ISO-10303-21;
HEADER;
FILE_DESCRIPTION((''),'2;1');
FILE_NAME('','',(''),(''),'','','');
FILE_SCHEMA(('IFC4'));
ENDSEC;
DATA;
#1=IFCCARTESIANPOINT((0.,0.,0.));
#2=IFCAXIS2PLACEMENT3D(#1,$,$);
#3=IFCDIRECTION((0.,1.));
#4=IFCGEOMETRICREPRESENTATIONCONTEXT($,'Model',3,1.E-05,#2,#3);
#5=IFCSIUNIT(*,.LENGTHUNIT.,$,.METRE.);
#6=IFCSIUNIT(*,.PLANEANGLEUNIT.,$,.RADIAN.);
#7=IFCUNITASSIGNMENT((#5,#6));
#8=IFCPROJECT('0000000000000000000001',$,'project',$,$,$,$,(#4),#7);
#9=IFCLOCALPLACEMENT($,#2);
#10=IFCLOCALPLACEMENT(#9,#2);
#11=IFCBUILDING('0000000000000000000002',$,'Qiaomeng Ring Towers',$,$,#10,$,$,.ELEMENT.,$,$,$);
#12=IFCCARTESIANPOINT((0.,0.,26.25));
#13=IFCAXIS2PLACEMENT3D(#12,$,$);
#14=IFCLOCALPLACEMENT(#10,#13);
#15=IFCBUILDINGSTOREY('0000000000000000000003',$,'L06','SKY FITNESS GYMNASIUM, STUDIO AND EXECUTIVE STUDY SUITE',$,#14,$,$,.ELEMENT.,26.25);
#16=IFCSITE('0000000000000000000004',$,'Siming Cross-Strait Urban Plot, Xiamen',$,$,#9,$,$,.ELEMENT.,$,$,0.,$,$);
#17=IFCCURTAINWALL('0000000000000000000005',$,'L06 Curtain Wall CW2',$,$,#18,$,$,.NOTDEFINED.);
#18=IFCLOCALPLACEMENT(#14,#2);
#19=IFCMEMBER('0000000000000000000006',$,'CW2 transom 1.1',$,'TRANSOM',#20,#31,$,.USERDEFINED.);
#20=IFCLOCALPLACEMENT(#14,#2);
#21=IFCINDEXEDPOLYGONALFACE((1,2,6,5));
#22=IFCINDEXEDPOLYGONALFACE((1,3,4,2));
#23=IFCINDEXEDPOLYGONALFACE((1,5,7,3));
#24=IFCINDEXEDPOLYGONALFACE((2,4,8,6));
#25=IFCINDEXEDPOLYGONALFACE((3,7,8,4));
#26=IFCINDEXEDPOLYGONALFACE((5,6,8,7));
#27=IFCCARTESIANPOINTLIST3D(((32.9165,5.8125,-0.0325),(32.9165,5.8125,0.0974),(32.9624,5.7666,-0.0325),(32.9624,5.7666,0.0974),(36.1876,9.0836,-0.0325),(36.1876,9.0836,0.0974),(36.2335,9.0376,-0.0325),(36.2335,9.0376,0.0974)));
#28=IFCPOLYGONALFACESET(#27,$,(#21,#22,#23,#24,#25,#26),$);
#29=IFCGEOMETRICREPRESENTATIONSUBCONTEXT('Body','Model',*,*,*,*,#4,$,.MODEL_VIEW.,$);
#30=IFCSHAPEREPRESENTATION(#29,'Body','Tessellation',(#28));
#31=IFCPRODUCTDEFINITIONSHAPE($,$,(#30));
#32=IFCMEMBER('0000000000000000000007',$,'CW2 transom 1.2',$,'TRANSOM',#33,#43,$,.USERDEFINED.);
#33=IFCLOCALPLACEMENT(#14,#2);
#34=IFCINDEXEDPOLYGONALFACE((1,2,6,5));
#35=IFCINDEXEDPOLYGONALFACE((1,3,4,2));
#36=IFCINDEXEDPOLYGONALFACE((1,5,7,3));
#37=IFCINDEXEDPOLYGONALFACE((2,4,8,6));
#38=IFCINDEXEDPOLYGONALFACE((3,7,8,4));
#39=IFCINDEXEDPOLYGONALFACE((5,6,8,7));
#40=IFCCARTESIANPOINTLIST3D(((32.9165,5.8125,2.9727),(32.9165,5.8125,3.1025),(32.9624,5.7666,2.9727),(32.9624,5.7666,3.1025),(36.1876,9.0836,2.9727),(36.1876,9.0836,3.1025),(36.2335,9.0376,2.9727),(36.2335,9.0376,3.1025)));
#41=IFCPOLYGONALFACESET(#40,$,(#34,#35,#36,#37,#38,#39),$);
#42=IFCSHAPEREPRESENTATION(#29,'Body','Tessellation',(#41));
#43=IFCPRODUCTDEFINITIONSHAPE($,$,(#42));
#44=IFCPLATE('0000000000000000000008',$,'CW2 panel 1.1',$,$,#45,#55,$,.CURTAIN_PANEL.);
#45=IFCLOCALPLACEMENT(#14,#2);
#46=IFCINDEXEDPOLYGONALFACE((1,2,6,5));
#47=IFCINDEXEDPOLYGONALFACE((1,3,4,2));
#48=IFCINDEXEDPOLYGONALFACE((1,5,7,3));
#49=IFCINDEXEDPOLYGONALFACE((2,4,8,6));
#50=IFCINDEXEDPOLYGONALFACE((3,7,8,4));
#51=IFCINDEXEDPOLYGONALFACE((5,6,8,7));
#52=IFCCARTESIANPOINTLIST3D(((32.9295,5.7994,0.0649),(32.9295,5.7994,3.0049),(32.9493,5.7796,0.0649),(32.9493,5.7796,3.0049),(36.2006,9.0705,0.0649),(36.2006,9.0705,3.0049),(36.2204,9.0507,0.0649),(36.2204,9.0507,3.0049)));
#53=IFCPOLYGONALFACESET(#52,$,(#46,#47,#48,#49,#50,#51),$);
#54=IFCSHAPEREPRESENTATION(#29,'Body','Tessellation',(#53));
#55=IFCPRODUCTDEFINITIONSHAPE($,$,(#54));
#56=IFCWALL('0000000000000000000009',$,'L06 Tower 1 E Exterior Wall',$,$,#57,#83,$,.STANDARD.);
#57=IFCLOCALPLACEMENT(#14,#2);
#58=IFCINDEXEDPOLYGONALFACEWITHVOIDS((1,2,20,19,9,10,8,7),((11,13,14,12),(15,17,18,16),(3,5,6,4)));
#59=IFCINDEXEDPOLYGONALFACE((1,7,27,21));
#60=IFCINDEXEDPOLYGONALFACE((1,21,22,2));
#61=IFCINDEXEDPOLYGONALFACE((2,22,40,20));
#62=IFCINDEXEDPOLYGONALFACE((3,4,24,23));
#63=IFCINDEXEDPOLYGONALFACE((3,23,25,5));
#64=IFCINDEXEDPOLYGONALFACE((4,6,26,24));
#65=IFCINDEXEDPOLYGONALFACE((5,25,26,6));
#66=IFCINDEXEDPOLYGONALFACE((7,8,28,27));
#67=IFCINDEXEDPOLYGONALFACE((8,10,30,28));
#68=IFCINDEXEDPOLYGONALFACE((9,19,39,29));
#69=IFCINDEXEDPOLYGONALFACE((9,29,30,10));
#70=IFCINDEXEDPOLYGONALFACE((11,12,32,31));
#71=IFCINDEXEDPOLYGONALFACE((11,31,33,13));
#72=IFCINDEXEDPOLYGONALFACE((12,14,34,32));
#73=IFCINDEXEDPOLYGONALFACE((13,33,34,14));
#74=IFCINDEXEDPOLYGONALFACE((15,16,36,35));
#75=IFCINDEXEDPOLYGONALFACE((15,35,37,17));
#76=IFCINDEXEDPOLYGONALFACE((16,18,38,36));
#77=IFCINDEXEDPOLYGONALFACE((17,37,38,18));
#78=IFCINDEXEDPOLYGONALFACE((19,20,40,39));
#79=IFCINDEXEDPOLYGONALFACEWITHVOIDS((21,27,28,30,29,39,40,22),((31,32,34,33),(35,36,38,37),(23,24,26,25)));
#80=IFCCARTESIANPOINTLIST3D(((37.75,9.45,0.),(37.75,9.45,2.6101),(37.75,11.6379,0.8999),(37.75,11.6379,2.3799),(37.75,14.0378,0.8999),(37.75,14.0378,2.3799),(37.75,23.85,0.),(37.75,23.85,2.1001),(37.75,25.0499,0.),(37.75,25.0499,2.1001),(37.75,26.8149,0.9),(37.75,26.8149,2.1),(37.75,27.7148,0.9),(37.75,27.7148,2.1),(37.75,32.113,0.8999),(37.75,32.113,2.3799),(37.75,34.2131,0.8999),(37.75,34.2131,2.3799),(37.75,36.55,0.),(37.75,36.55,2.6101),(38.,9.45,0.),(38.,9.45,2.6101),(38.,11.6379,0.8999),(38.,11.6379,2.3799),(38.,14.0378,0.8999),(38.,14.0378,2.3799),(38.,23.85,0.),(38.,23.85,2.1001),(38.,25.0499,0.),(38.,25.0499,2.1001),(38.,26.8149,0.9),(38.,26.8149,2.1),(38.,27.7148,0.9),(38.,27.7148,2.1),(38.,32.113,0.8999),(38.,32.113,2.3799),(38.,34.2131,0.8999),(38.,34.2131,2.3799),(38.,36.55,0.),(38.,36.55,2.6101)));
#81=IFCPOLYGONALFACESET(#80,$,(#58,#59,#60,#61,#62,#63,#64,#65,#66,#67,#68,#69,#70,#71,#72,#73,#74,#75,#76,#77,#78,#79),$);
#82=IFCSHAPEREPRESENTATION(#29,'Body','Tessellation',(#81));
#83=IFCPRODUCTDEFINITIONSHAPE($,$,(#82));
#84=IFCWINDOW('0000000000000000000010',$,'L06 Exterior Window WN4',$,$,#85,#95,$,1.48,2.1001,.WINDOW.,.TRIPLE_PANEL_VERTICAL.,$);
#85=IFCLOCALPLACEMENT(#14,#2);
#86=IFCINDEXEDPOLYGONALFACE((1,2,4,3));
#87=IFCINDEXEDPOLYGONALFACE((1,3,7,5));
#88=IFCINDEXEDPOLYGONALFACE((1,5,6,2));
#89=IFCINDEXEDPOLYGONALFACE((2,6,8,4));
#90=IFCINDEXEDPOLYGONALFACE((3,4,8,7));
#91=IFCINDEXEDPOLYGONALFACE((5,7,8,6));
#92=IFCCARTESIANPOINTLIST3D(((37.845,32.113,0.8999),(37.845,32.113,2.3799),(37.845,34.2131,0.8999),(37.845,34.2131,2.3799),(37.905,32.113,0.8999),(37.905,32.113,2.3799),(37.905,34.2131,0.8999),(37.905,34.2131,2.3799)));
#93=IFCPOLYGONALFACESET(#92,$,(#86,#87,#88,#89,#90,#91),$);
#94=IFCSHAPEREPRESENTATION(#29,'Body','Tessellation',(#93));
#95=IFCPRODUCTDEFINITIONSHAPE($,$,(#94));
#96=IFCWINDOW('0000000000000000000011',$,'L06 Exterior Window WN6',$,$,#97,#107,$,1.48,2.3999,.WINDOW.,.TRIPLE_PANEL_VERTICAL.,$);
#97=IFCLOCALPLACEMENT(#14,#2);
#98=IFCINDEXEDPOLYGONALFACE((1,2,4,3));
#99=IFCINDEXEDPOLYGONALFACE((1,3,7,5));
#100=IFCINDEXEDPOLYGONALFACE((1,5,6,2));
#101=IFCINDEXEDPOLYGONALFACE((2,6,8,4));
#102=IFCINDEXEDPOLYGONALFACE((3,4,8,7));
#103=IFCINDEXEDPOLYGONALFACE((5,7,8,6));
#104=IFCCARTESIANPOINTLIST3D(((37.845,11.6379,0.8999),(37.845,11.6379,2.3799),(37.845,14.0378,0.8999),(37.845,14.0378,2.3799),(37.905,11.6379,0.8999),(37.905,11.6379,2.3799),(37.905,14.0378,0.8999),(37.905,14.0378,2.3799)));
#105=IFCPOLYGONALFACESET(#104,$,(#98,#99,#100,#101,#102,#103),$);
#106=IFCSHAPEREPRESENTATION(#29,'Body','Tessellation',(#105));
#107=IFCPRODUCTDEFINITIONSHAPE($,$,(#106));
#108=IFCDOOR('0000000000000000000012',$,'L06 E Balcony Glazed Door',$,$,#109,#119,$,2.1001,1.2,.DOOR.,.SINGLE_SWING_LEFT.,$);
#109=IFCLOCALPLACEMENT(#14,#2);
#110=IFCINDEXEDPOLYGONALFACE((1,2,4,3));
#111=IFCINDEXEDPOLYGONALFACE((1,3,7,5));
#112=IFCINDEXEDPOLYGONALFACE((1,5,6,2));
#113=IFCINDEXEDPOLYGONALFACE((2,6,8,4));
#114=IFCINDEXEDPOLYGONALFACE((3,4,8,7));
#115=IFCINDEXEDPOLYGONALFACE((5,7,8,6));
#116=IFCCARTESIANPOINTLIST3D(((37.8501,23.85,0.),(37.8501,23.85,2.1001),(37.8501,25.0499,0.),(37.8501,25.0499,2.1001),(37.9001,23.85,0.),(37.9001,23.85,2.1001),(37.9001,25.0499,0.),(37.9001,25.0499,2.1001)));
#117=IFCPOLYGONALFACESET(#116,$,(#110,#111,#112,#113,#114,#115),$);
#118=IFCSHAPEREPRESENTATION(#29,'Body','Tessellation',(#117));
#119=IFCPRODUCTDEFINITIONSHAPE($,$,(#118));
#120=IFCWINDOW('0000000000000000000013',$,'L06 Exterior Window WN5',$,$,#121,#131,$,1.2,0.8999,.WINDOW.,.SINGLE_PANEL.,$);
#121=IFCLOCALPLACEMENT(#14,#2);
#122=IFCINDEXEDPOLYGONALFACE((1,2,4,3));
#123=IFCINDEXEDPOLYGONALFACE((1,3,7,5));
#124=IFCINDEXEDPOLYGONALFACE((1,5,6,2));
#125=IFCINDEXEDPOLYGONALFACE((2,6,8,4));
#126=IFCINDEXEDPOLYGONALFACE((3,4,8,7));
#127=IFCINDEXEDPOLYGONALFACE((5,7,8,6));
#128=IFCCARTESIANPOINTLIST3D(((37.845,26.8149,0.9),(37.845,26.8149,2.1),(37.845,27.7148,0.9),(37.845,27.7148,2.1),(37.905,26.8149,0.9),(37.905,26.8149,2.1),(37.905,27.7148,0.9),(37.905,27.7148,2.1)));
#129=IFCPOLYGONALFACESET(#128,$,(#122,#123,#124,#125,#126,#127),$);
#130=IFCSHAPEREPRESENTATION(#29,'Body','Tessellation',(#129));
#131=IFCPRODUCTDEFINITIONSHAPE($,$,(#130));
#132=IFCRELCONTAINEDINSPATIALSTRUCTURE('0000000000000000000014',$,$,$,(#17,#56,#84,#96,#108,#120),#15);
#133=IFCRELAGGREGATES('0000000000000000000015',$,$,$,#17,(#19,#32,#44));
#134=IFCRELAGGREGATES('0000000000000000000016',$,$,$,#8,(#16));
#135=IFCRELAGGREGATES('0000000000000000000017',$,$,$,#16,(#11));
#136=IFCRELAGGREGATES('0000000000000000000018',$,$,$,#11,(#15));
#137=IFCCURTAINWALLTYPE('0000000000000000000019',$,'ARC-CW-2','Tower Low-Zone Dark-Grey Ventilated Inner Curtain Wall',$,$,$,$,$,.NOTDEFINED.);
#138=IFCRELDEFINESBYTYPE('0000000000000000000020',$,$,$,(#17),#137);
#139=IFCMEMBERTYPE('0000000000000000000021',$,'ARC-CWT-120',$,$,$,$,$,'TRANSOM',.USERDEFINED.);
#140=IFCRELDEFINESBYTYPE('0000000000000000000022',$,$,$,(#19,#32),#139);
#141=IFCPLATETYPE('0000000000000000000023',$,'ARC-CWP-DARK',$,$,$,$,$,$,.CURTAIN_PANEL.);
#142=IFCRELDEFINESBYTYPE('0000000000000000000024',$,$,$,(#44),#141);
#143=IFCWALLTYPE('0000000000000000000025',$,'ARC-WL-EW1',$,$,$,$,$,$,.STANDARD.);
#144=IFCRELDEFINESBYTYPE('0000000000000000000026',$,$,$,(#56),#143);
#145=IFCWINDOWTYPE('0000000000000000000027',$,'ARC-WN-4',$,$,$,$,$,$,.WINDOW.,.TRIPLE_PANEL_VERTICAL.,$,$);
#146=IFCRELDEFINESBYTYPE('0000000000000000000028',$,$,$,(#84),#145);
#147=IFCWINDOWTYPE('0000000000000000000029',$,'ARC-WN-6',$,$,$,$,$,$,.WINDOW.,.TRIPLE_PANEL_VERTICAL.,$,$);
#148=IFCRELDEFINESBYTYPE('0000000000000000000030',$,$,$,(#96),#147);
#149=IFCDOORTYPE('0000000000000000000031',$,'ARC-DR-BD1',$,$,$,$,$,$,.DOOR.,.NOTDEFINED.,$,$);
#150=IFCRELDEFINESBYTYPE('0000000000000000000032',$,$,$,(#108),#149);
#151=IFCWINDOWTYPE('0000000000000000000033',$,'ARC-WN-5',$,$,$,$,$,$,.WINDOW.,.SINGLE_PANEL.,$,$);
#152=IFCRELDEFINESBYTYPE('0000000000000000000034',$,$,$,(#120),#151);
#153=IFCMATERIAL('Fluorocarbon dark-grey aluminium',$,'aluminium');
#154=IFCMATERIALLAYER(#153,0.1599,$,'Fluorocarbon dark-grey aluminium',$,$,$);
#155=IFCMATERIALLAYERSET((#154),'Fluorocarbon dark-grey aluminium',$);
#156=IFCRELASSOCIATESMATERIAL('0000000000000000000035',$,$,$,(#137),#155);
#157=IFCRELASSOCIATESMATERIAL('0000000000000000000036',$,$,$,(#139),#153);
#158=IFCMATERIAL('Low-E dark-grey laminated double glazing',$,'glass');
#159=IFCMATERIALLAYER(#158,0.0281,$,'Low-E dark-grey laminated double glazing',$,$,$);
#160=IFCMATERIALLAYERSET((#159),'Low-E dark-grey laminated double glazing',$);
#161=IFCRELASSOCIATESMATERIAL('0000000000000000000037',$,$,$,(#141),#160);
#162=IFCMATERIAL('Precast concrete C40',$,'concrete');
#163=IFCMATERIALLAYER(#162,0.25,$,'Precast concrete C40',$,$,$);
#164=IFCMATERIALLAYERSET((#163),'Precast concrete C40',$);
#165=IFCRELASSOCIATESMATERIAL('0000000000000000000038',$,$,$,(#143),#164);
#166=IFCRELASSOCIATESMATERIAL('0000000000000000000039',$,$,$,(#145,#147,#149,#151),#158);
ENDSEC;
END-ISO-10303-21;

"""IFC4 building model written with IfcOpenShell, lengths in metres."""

from ifc_helpers import new_model, si_unit, direction, frame, frame_2d, origin, origin_2d, place, context, subcontext, project, spatial, rectangle, extrude, source, transform, mapped, material, layer, layer_set, material_profile, profile_set, type_object, element, fill, aggregate, save


model = new_model("IFC4")

# Units and contexts
model_context = context("Model", 3, precision=1e-05, world=origin(), true_north=direction((0.0, 1.0)))
body_context = subcontext(model_context, "Body", "Model", "MODEL_VIEW")
ifc_project = project(units=[si_unit("LENGTHUNIT", "METRE"), si_unit("PLANEANGLEUNIT", "RADIAN")], contexts=[model_context])

# Site, building, storey
site_placement = place(None, origin())
site = spatial("IfcSite", under=ifc_project, at=site_placement, Name="Siming Cross-Strait Urban Plot, Xiamen", CompositionType="ELEMENT", RefElevation=0.0)
building_placement = place(site_placement, origin())
building = spatial("IfcBuilding", under=site, at=building_placement, Name="Qiaomeng Ring Towers", CompositionType="ELEMENT")
storey_placement = place(building_placement, frame((0.0, 0.0, 26.25)))
storey = spatial("IfcBuildingStorey", under=building, at=storey_placement, Name="L06", Description="SKY FITNESS GYMNASIUM, STUDIO AND EXECUTIVE STUDY SUITE", CompositionType="ELEMENT", Elevation=26.25)

# Curtain wall, members, plate
ifc_material_1 = material(Name="Fluorocarbon dark-grey aluminium", Category="aluminium")
ifc_layer_1 = layer(ifc_material_1, 0.1599, Name="Fluorocarbon dark-grey aluminium")
ifc_layer_set_1 = layer_set([ifc_layer_1], Name="Fluorocarbon dark-grey aluminium")
curtain_wall_type = type_object("IfcCurtainWallType", Name="ARC-CW-2", Description="Tower Low-Zone Dark-Grey Ventilated Inner Curtain Wall", PredefinedType="NOTDEFINED", material=ifc_layer_set_1)
curtain_wall_placement = place(storey_placement, origin())
curtain_wall = element("IfcCurtainWall", 1, at=curtain_wall_placement, inside=storey, type_object=curtain_wall_type, Name="L06 Curtain Wall CW2", PredefinedType="NOTDEFINED")
ifc_material_profile_1 = material_profile(ifc_material_1, rectangle(XDim=0.0649, YDim=0.1299, at=origin_2d()), Name="ALU TRAN 65x130")
ifc_profile_set_1 = profile_set([ifc_material_profile_1], Name="Fluorocarbon dark-grey aluminium")
member_type_1 = type_object("IfcMemberType", Name="ARC-CWT-120", ElementType="TRANSOM", PredefinedType="USERDEFINED", material=ifc_profile_set_1)
shared_shape_1 = source(origin(), body_context, "Body", "SweptSolid", [
    extrude(rectangle(XDim=0.0649, YDim=0.1299, at=origin_2d()), origin(), (0.0, 0.0, 1.0), 4.626),
])
member_1_placement = place(storey_placement, frame((32.9395, 5.7896, 0.0325), z_axis=(0.707107, 0.707107, 0.0), x_axis=(-0.707107, 0.707107, 0.0)))
member_1 = element("IfcMember", 2, at=member_1_placement, type_object=member_type_1, Name="CW2 transom 1.1", ObjectType="TRANSOM", PredefinedType="USERDEFINED", context=body_context, shape_type="MappedRepresentation", body=[
    mapped(shared_shape_1, transform((0.0, 0.0, 0.0), x_axis=(1.0, 0.0, 0.0), y_axis=(0.0, 1.0, 0.0), z_axis=(0.0, 0.0, 1.0), scale=1.0)),
])
member_2_placement = place(storey_placement, frame((32.9395, 5.7896, 3.0376), z_axis=(0.707107, 0.707107, 0.0), x_axis=(-0.707107, 0.707107, 0.0)))
member_2 = element("IfcMember", 3, at=member_2_placement, type_object=member_type_1, Name="CW2 transom 1.2", ObjectType="TRANSOM", PredefinedType="USERDEFINED", context=body_context, shape_type="MappedRepresentation", body=[
    mapped(shared_shape_1, transform((0.0, 0.0, 0.0), x_axis=(1.0, 0.0, 0.0), y_axis=(0.0, 1.0, 0.0), z_axis=(0.0, 0.0, 1.0), scale=1.0)),
])
ifc_material_2 = material(Name="Low-E dark-grey laminated double glazing", Category="glass")
ifc_layer_2 = layer(ifc_material_2, 0.0281, Name="Low-E dark-grey laminated double glazing")
ifc_layer_set_2 = layer_set([ifc_layer_2], Name="Low-E dark-grey laminated double glazing")
plate_type = type_object("IfcPlateType", Name="ARC-CWP-DARK", PredefinedType="CURTAIN_PANEL", material=ifc_layer_set_2)
shared_shape_2 = source(origin(), body_context, "Body", "SweptSolid", [
    extrude(rectangle(XDim=4.626, YDim=0.0281, at=origin_2d()), origin(), (0.0, 0.0, 1.0), 2.9399),
])
plate_placement = place(storey_placement, frame((34.575, 7.425, 0.0649), z_axis=(0.0, 0.0, 1.0), x_axis=(0.707107, 0.707107, 0.0)))
plate = element("IfcPlate", 4, at=plate_placement, type_object=plate_type, Name="CW2 panel 1.1", PredefinedType="CURTAIN_PANEL", context=body_context, shape_type="MappedRepresentation", body=[
    mapped(shared_shape_2, transform((0.0, 0.0, 0.0), x_axis=(1.0, 0.0, 0.0), y_axis=(0.0, 1.0, 0.0), z_axis=(0.0, 0.0, 1.0), scale=1.0)),
])
aggregate(curtain_wall, [member_1, member_2, plate])

# Wall, openings, windows, door
ifc_material_3 = material(Name="Precast concrete C40", Category="concrete")
ifc_layer_3 = layer(ifc_material_3, 0.25, Name="Precast concrete C40")
ifc_layer_set_3 = layer_set([ifc_layer_3], Name="Precast concrete C40")
wall_type_1 = type_object("IfcWallType", Name="ARC-WL-EW1", PredefinedType="STANDARD", material=ifc_layer_set_3)
wall_1_placement = place(storey_placement, frame((37.875, 9.45, 0.0), z_axis=(0.0, 0.0, 1.0), x_axis=(0.0, 1.0, 0.0)))
wall_1 = element("IfcWall", 5, at=wall_1_placement, inside=storey, type_object=wall_type_1, Name="L06 Tower 1 E Exterior Wall", PredefinedType="STANDARD", context=body_context, shape_type="SweptSolid", body=[
    extrude(rectangle(XDim=27.1001, YDim=0.25, at=frame_2d((13.55, 0.0))), origin(), (0.0, 0.0, 1.0), 2.6101),
])
opening_1_placement = place(wall_1_placement, frame((14.3999, 0.0, 0.0)))
opening_1 = element("IfcOpeningElement", 6, at=opening_1_placement, cuts=wall_1, PredefinedType="OPENING", context=body_context, shape_type="SweptSolid", body=[
    extrude(rectangle(XDim=1.2, YDim=2.1001, at=frame_2d((0.6001, 1.05))), frame((0.0, 0.135, 0.0), z_axis=(0.0, -1.0, 0.0), x_axis=(1.0, 0.0, 0.0)), (0.0, 0.0, 1.0), 0.27),
])
opening_2_placement = place(wall_1_placement, frame((2.188, 0.0, 0.8999)))
opening_2 = element("IfcOpeningElement", 7, at=opening_2_placement, cuts=wall_1, PredefinedType="OPENING", context=body_context, shape_type="SweptSolid", body=[
    extrude(rectangle(XDim=2.3999, YDim=1.48, at=frame_2d((1.2, 0.74))), frame((0.0, 0.135, 0.0), z_axis=(0.0, -1.0, 0.0), x_axis=(1.0, 0.0, 0.0)), (0.0, 0.0, 1.0), 0.27),
])
opening_3_placement = place(wall_1_placement, frame((22.6631, 0.0, 0.8999)))
opening_3 = element("IfcOpeningElement", 8, at=opening_3_placement, cuts=wall_1, PredefinedType="OPENING", context=body_context, shape_type="SweptSolid", body=[
    extrude(rectangle(XDim=2.1001, YDim=1.48, at=frame_2d((1.05, 0.74))), frame((0.0, 0.135, 0.0), z_axis=(0.0, -1.0, 0.0), x_axis=(1.0, 0.0, 0.0)), (0.0, 0.0, 1.0), 0.27),
])
opening_4_placement = place(wall_1_placement, frame((17.365, 0.0, 0.8999)))
opening_4 = element("IfcOpeningElement", 9, at=opening_4_placement, cuts=wall_1, PredefinedType="OPENING", context=body_context, shape_type="SweptSolid", body=[
    extrude(rectangle(XDim=0.8999, YDim=1.2, at=frame_2d((0.45, 0.6001))), frame((0.0, 0.135, 0.0), z_axis=(0.0, -1.0, 0.0), x_axis=(1.0, 0.0, 0.0)), (0.0, 0.0, 1.0), 0.27),
])
window_type_1 = type_object("IfcWindowType", Name="ARC-WN-4", PartitioningType="TRIPLE_PANEL_VERTICAL", PredefinedType="WINDOW", material=ifc_material_2)
shared_shape_3 = source(origin(), body_context, "Body", "SweptSolid", [
    extrude(rectangle(XDim=2.1001, YDim=1.48, at=frame_2d((1.05, 0.74))), frame((0.0, 0.03, 0.0), z_axis=(0.0, -1.0, 0.0), x_axis=(1.0, 0.0, 0.0)), (0.0, 0.0, 1.0), 0.0601),
])
window_1_placement = place(opening_3_placement, origin())
window_1 = element("IfcWindow", 10, at=window_1_placement, inside=storey, type_object=window_type_1, Name="L06 Exterior Window WN4", OverallHeight=1.48, OverallWidth=2.1001, PartitioningType="TRIPLE_PANEL_VERTICAL", PredefinedType="WINDOW", context=body_context, shape_type="MappedRepresentation", body=[
    mapped(shared_shape_3, transform((0.0, 0.0, 0.0), x_axis=(1.0, 0.0, 0.0), y_axis=(0.0, 1.0, 0.0), z_axis=(0.0, 0.0, 1.0), scale=1.0)),
])
fill(opening_3, window_1)
window_type_2 = type_object("IfcWindowType", Name="ARC-WN-6", PartitioningType="TRIPLE_PANEL_VERTICAL", PredefinedType="WINDOW", material=ifc_material_2)
shared_shape_4 = source(origin(), body_context, "Body", "SweptSolid", [
    extrude(rectangle(XDim=2.3999, YDim=1.48, at=frame_2d((1.2, 0.74))), frame((0.0, 0.03, 0.0), z_axis=(0.0, -1.0, 0.0), x_axis=(1.0, 0.0, 0.0)), (0.0, 0.0, 1.0), 0.0601),
])
window_2_placement = place(opening_2_placement, origin())
window_2 = element("IfcWindow", 11, at=window_2_placement, inside=storey, type_object=window_type_2, Name="L06 Exterior Window WN6", OverallHeight=1.48, OverallWidth=2.3999, PartitioningType="TRIPLE_PANEL_VERTICAL", PredefinedType="WINDOW", context=body_context, shape_type="MappedRepresentation", body=[
    mapped(shared_shape_4, transform((0.0, 0.0, 0.0), x_axis=(1.0, 0.0, 0.0), y_axis=(0.0, 1.0, 0.0), z_axis=(0.0, 0.0, 1.0), scale=1.0)),
])
fill(opening_2, window_2)
door_type_1 = type_object("IfcDoorType", Name="ARC-DR-BD1", OperationType="NOTDEFINED", PredefinedType="DOOR", material=ifc_material_2)
shared_shape_5 = source(origin(), body_context, "Body", "SweptSolid", [
    extrude(rectangle(XDim=1.2, YDim=2.1001, at=frame_2d((0.6001, 1.05))), frame((0.0, 0.0249, 0.0), z_axis=(0.0, -1.0, 0.0), x_axis=(1.0, 0.0, 0.0)), (0.0, 0.0, 1.0), 0.05),
])
door_1_placement = place(opening_1_placement, origin())
door_1 = element("IfcDoor", 12, at=door_1_placement, inside=storey, type_object=door_type_1, Name="L06 E Balcony Glazed Door", OperationType="SINGLE_SWING_LEFT", OverallHeight=2.1001, OverallWidth=1.2, PredefinedType="DOOR", context=body_context, shape_type="MappedRepresentation", body=[
    mapped(shared_shape_5, transform((0.0, 0.0, 0.0), x_axis=(1.0, 0.0, 0.0), y_axis=(0.0, 1.0, 0.0), z_axis=(0.0, 0.0, 1.0), scale=1.0)),
])
fill(opening_1, door_1)
window_type_3 = type_object("IfcWindowType", Name="ARC-WN-5", PartitioningType="SINGLE_PANEL", PredefinedType="WINDOW", material=ifc_material_2)
shared_shape_6 = source(origin(), body_context, "Body", "SweptSolid", [
    extrude(rectangle(XDim=0.8999, YDim=1.2, at=frame_2d((0.45, 0.6001))), frame((0.0, 0.03, 0.0), z_axis=(0.0, -1.0, 0.0), x_axis=(1.0, 0.0, 0.0)), (0.0, 0.0, 1.0), 0.0601),
])
window_3_placement = place(opening_4_placement, origin())
window_3 = element("IfcWindow", 13, at=window_3_placement, inside=storey, type_object=window_type_3, Name="L06 Exterior Window WN5", OverallHeight=1.2, OverallWidth=0.8999, PartitioningType="SINGLE_PANEL", PredefinedType="WINDOW", context=body_context, shape_type="MappedRepresentation", body=[
    mapped(shared_shape_6, transform((0.0, 0.0, 0.0), x_axis=(1.0, 0.0, 0.0), y_axis=(0.0, 1.0, 0.0), z_axis=(0.0, 0.0, 1.0), scale=1.0)),
])
fill(opening_4, window_3)

save(model, "model.ifc")
